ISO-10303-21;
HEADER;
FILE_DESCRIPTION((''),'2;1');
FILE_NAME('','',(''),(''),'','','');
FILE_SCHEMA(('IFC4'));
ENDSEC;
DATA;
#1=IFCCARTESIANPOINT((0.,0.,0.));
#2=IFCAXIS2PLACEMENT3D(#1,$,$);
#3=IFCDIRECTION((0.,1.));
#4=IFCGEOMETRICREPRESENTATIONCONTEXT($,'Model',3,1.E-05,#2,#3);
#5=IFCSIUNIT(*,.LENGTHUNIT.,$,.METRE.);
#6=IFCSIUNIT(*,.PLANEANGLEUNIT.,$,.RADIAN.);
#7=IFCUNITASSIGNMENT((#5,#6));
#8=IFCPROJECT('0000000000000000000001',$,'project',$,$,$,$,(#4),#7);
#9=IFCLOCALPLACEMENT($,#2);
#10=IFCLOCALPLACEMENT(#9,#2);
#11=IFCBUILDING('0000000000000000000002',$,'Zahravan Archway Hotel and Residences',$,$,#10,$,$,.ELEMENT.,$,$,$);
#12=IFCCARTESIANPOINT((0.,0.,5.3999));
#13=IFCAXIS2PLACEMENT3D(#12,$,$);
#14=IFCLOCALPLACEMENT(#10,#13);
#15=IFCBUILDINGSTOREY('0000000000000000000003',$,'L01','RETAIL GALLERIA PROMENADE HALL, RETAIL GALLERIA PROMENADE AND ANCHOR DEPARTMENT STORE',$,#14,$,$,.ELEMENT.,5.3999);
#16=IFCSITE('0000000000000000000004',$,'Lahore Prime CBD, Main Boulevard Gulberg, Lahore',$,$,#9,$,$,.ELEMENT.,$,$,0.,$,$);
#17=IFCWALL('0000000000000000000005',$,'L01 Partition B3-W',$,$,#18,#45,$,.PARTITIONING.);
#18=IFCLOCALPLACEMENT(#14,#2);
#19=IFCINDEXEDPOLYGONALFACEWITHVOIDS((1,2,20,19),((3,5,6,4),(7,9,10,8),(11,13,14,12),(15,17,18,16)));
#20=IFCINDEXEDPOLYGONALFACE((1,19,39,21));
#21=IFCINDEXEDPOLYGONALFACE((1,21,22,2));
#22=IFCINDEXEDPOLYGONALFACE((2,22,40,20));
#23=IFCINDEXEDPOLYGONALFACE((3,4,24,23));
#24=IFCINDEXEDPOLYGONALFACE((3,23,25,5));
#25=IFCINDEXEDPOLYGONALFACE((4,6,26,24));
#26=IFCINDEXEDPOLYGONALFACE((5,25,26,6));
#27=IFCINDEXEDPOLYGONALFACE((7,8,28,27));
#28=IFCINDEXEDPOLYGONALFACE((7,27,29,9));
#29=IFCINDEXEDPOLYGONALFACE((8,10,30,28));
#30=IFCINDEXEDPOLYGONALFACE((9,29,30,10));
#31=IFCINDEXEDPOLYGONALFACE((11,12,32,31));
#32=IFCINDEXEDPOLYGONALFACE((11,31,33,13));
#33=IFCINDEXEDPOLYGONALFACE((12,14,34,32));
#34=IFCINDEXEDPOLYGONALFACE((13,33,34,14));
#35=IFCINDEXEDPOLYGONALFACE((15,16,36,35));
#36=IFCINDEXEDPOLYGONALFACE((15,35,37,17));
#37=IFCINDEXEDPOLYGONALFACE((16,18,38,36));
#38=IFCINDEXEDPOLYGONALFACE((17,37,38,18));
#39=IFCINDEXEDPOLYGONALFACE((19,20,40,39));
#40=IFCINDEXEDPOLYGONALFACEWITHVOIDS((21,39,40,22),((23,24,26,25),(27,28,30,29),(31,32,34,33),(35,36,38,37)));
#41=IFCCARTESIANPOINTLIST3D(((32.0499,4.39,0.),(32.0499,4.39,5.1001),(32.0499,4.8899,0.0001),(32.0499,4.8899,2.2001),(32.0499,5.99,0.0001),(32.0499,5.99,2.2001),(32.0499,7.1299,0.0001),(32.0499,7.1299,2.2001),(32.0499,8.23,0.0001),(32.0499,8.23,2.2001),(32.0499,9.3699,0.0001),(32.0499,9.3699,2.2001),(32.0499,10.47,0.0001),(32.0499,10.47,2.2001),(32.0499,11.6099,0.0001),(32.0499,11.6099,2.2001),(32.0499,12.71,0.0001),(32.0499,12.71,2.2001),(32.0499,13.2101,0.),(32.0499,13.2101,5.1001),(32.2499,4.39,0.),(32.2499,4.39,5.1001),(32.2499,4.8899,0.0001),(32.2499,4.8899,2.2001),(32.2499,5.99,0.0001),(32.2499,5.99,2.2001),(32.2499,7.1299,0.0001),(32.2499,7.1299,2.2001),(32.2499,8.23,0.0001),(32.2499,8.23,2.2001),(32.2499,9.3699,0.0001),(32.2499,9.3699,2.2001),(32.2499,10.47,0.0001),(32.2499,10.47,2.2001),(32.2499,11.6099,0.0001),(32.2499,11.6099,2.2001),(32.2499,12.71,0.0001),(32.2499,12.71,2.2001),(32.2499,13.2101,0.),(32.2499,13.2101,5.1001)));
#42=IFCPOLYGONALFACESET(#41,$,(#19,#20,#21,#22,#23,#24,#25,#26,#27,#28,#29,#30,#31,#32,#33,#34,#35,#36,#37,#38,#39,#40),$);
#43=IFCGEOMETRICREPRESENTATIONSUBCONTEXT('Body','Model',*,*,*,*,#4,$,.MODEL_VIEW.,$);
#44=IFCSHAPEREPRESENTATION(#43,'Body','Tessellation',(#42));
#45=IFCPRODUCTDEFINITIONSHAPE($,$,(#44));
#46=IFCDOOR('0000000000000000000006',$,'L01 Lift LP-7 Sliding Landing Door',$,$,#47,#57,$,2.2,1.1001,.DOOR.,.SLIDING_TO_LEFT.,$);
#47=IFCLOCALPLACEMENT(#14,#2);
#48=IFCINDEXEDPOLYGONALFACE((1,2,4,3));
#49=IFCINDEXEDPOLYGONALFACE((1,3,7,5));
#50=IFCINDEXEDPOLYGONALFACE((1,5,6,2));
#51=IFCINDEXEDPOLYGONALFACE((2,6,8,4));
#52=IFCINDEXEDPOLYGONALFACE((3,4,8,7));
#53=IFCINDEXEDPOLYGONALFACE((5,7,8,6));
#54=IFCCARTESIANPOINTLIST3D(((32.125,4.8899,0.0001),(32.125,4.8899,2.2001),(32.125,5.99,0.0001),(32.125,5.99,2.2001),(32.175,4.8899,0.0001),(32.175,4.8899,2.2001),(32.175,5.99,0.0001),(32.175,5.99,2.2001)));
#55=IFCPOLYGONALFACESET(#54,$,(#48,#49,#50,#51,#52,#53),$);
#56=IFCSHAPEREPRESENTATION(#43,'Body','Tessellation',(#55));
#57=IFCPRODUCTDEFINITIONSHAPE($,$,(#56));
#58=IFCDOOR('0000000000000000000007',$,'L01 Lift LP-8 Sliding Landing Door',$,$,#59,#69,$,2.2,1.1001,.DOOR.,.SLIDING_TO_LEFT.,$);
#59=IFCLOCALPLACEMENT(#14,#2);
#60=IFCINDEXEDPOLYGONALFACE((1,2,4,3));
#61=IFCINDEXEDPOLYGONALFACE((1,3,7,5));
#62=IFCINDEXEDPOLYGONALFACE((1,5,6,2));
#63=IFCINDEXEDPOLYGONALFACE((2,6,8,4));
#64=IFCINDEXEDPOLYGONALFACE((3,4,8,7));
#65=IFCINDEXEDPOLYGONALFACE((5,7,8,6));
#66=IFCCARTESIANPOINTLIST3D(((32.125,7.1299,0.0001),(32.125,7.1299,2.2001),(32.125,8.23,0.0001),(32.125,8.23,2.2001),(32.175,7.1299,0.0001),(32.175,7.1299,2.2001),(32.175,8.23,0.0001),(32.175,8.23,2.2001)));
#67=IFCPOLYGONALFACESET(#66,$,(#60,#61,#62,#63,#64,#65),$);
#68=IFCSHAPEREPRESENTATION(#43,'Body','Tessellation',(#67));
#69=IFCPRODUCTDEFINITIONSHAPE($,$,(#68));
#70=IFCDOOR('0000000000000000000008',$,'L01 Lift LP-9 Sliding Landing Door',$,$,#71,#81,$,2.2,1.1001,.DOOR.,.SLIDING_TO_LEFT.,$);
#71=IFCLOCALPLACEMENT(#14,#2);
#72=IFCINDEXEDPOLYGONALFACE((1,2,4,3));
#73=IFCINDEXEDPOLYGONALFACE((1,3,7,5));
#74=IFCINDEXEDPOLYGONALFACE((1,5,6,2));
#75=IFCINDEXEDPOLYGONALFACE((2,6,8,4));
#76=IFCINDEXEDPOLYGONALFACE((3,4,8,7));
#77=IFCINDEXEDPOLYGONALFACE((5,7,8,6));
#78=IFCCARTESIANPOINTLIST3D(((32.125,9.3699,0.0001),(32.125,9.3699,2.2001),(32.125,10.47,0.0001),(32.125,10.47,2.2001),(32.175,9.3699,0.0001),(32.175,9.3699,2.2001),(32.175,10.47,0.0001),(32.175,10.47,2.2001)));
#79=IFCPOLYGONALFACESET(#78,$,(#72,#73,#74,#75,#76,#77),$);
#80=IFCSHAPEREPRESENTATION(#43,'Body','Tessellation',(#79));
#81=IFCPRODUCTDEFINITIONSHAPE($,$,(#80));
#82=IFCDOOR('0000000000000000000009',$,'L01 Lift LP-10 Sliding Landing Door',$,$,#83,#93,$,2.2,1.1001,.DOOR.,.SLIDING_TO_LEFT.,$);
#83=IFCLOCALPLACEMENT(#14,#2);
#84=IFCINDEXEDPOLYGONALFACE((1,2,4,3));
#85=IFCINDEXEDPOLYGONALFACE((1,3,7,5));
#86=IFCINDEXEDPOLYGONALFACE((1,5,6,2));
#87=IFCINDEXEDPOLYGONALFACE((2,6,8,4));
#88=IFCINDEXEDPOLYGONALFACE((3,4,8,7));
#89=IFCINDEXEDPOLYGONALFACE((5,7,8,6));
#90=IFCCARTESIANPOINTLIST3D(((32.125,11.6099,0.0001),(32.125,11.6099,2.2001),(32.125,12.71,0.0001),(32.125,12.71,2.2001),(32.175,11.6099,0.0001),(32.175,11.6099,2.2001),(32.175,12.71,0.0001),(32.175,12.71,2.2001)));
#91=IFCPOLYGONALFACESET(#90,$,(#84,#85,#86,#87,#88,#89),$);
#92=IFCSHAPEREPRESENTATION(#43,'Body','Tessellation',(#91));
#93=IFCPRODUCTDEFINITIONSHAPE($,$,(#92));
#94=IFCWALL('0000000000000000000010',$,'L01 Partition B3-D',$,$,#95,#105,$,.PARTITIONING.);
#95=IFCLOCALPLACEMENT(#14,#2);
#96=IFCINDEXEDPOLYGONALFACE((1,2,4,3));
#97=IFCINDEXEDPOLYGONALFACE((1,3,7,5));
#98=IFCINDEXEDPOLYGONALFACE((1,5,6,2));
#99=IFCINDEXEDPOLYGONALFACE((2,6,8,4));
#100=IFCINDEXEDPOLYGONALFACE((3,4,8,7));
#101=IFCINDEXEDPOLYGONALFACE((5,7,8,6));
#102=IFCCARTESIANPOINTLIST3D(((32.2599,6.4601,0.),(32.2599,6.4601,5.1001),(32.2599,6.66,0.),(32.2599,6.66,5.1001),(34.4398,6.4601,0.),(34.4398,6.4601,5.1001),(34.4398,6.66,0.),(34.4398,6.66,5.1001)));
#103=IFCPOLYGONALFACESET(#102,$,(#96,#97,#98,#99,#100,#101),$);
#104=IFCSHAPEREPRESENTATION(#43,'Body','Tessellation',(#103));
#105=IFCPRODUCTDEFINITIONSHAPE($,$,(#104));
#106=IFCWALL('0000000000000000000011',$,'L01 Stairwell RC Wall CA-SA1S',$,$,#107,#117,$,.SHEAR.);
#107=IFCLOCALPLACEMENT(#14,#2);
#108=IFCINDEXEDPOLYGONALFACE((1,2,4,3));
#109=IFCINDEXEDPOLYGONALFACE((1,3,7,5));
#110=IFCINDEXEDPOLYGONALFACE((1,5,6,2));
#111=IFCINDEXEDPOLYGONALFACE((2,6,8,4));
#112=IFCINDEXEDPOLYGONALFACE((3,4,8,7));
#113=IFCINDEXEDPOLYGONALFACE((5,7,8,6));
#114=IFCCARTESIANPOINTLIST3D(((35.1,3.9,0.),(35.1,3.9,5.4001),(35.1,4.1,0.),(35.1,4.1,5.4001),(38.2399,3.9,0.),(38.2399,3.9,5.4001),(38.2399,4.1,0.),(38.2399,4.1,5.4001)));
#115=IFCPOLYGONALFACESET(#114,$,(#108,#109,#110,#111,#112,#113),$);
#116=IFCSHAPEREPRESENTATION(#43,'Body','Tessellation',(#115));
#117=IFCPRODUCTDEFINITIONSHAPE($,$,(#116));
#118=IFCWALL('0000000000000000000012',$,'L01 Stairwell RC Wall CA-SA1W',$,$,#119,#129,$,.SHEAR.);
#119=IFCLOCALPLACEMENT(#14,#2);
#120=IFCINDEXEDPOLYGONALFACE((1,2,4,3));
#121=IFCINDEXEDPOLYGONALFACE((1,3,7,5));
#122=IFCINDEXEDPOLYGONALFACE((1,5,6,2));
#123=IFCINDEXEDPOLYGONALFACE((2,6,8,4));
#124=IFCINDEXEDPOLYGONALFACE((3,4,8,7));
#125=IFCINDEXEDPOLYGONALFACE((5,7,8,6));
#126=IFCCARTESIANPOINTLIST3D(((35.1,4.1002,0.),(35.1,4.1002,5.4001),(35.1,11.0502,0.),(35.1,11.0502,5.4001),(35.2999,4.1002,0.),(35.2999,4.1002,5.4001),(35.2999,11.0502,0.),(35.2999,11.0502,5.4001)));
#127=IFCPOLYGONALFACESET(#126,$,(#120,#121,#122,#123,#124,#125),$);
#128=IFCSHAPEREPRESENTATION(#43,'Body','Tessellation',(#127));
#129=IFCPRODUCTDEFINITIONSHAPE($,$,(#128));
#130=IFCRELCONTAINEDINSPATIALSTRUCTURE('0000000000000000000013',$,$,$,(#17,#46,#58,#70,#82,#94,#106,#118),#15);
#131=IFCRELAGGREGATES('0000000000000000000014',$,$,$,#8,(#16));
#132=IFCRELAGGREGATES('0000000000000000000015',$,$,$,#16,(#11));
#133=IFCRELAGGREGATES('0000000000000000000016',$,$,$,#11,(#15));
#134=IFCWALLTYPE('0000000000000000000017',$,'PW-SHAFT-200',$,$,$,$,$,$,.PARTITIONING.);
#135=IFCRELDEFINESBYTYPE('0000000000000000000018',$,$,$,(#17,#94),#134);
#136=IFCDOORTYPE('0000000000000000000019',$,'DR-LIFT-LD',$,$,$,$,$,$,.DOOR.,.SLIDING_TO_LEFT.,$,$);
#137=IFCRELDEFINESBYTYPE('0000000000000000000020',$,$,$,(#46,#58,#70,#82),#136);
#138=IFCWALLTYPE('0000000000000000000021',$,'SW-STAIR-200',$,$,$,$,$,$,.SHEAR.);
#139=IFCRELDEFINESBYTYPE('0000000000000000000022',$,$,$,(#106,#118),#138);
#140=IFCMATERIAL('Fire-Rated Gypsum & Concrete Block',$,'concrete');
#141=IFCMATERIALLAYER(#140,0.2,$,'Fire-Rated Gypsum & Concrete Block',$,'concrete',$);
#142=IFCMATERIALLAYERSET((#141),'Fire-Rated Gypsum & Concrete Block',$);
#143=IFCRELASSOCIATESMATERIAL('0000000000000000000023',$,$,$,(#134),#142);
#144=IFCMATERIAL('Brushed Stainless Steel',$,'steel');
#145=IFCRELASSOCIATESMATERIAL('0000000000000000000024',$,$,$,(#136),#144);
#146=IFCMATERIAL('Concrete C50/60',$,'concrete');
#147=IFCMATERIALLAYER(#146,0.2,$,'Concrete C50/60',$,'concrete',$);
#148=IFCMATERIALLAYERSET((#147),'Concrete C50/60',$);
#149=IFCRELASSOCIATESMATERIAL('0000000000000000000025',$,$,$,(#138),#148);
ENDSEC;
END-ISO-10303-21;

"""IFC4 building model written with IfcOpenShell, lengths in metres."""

from ifc_helpers import new_model, si_unit, direction, frame, frame_2d, origin, place, context, subcontext, project, spatial, rectangle, extrude, source, transform, mapped, material, layer, layer_set, type_object, type_shapes, element, fill, save


model = new_model("IFC4")

# Units and contexts
model_context = context("Model", 3, precision=1e-05, world=origin(), true_north=direction((0.0, 1.0)))
body_context = subcontext(model_context, "Body", "Model", "MODEL_VIEW")
ifc_project = project(units=[si_unit("LENGTHUNIT", "METRE"), si_unit("PLANEANGLEUNIT", "RADIAN")], contexts=[model_context])

# Site, building, storey
site_placement = place(None, origin())
site = spatial("IfcSite", under=ifc_project, at=site_placement, Name="Lahore Prime CBD, Main Boulevard Gulberg, Lahore", CompositionType="ELEMENT", RefElevation=0.0)
building_placement = place(site_placement, origin())
building = spatial("IfcBuilding", under=site, at=building_placement, Name="Zahravan Archway Hotel and Residences", CompositionType="ELEMENT")
storey_placement = place(building_placement, frame((0.0, 0.0, 5.3999)))
storey = spatial("IfcBuildingStorey", under=building, at=storey_placement, Name="L01", Description="RETAIL GALLERIA PROMENADE HALL, RETAIL GALLERIA PROMENADE AND ANCHOR DEPARTMENT STORE", CompositionType="ELEMENT", Elevation=5.3999)

# Shared definitions
ifc_material_1 = material(Name="Fire-Rated Gypsum & Concrete Block", Category="concrete")

# Shared definitions
ifc_layer_1 = layer(ifc_material_1, 0.2, Name="Fire-Rated Gypsum & Concrete Block", Category="concrete")
ifc_layer_set_1 = layer_set([ifc_layer_1], Name="Fire-Rated Gypsum & Concrete Block")
wall_type_1 = type_object("IfcWallType", Name="PW-SHAFT-200", PredefinedType="PARTITIONING", material=ifc_layer_set_1)

# Wall, openings, doors
wall_1_placement = place(storey_placement, frame((32.1499, 4.3899, 0.0), z_axis=(0.0, 0.0, 1.0), x_axis=(0.0, 1.0, 0.0)))
wall_1 = element("IfcWall", 1, at=wall_1_placement, inside=storey, type_object=wall_type_1, Name="L01 Partition B3-W", PredefinedType="PARTITIONING", context=body_context, shape_type="SweptSolid", body=[
    extrude(rectangle(XDim=8.8201, YDim=0.2, at=frame_2d((4.4102, 0.0))), origin(), (0.0, 0.0, 1.0), 5.1001),
])
opening_1_placement = place(wall_1_placement, frame((0.5, 0.0, 0.0)))
opening_1 = element("IfcOpeningElement", 2, at=opening_1_placement, cuts=wall_1, PredefinedType="OPENING", context=body_context, shape_type="SweptSolid", body=[
    extrude(rectangle(XDim=1.1001, YDim=2.2, at=frame_2d((0.55, 1.1001))), frame((0.0, 0.1099, 0.0), z_axis=(0.0, -1.0, 0.0), x_axis=(1.0, 0.0, 0.0)), (0.0, 0.0, 1.0), 0.22),
])
opening_2_placement = place(wall_1_placement, frame((2.74, 0.0, 0.0)))
opening_2 = element("IfcOpeningElement", 3, at=opening_2_placement, cuts=wall_1, PredefinedType="OPENING", context=body_context, shape_type="SweptSolid", body=[
    extrude(rectangle(XDim=1.1001, YDim=2.2, at=frame_2d((0.55, 1.1001))), frame((0.0, 0.1099, 0.0), z_axis=(0.0, -1.0, 0.0), x_axis=(1.0, 0.0, 0.0)), (0.0, 0.0, 1.0), 0.22),
])
opening_3_placement = place(wall_1_placement, frame((4.98, 0.0, 0.0)))
opening_3 = element("IfcOpeningElement", 4, at=opening_3_placement, cuts=wall_1, PredefinedType="OPENING", context=body_context, shape_type="SweptSolid", body=[
    extrude(rectangle(XDim=1.1001, YDim=2.2, at=frame_2d((0.55, 1.1001))), frame((0.0, 0.1099, 0.0), z_axis=(0.0, -1.0, 0.0), x_axis=(1.0, 0.0, 0.0)), (0.0, 0.0, 1.0), 0.22),
])
opening_4_placement = place(wall_1_placement, frame((7.22, 0.0, 0.0)))
opening_4 = element("IfcOpeningElement", 5, at=opening_4_placement, cuts=wall_1, PredefinedType="OPENING", context=body_context, shape_type="SweptSolid", body=[
    extrude(rectangle(XDim=1.1001, YDim=2.2, at=frame_2d((0.55, 1.1001))), frame((0.0, 0.1099, 0.0), z_axis=(0.0, -1.0, 0.0), x_axis=(1.0, 0.0, 0.0)), (0.0, 0.0, 1.0), 0.22),
])
ifc_material_2 = material(Name="Brushed Stainless Steel", Category="steel")
door_type_1 = type_object("IfcDoorType", Name="DR-LIFT-LD", OperationType="SLIDING_TO_LEFT", PredefinedType="DOOR", material=ifc_material_2)
shared_shape_1 = source(origin(), body_context, "Body", "SweptSolid", [
    extrude(rectangle(XDim=1.1001, YDim=2.2, at=frame_2d((0.55, 1.1001))), frame((0.0, 0.0249, 0.0), z_axis=(0.0, -1.0, 0.0), x_axis=(1.0, 0.0, 0.0)), (0.0, 0.0, 1.0), 0.05),
])
type_shapes(door_type_1, [shared_shape_1])
door_1_placement = place(opening_1_placement, origin())
door_1 = element("IfcDoor", 6, at=door_1_placement, inside=storey, type_object=door_type_1, Name="L01 Lift LP-7 Sliding Landing Door", OperationType="SLIDING_TO_LEFT", OverallHeight=2.2, OverallWidth=1.1001, PredefinedType="DOOR", context=body_context, shape_type="MappedRepresentation", body=[
    mapped(shared_shape_1, transform((0.0, 0.0, 0.0), scale=1.0)),
])
fill(opening_1, door_1)
door_2_placement = place(opening_2_placement, origin())
door_2 = element("IfcDoor", 7, at=door_2_placement, inside=storey, type_object=door_type_1, Name="L01 Lift LP-8 Sliding Landing Door", OperationType="SLIDING_TO_LEFT", OverallHeight=2.2, OverallWidth=1.1001, PredefinedType="DOOR", context=body_context, shape_type="MappedRepresentation", body=[
    mapped(shared_shape_1, transform((0.0, 0.0, 0.0), scale=1.0)),
])
fill(opening_2, door_2)
door_3_placement = place(opening_3_placement, origin())
door_3 = element("IfcDoor", 8, at=door_3_placement, inside=storey, type_object=door_type_1, Name="L01 Lift LP-9 Sliding Landing Door", OperationType="SLIDING_TO_LEFT", OverallHeight=2.2, OverallWidth=1.1001, PredefinedType="DOOR", context=body_context, shape_type="MappedRepresentation", body=[
    mapped(shared_shape_1, transform((0.0, 0.0, 0.0), scale=1.0)),
])
fill(opening_3, door_3)
door_4_placement = place(opening_4_placement, origin())
door_4 = element("IfcDoor", 9, at=door_4_placement, inside=storey, type_object=door_type_1, Name="L01 Lift LP-10 Sliding Landing Door", OperationType="SLIDING_TO_LEFT", OverallHeight=2.2, OverallWidth=1.1001, PredefinedType="DOOR", context=body_context, shape_type="MappedRepresentation", body=[
    mapped(shared_shape_1, transform((0.0, 0.0, 0.0), scale=1.0)),
])
fill(opening_4, door_4)

# Walls
wall_2_placement = place(storey_placement, frame((32.26, 6.5601, 0.0), z_axis=(0.0, 0.0, 1.0), x_axis=(1.0, 0.0, 0.0)))
element("IfcWall", 10, at=wall_2_placement, inside=storey, type_object=wall_type_1, Name="L01 Partition B3-D", PredefinedType="PARTITIONING", context=body_context, shape_type="SweptSolid", body=[
    extrude(rectangle(XDim=2.1799, YDim=0.2, at=frame_2d((1.0898, 0.0))), origin(), (0.0, 0.0, 1.0), 5.1001),
])
ifc_material_3 = material(Name="Concrete C50/60", Category="concrete")
ifc_layer_2 = layer(ifc_material_3, 0.2, Name="Concrete C50/60", Category="concrete")
ifc_layer_set_2 = layer_set([ifc_layer_2], Name="Concrete C50/60")
wall_type_2 = type_object("IfcWallType", Name="SW-STAIR-200", PredefinedType="SHEAR", material=ifc_layer_set_2)
wall_3_placement = place(storey_placement, frame((35.1001, 4.0, 0.0), z_axis=(0.0, 0.0, 1.0), x_axis=(1.0, 0.0, 0.0)))
element("IfcWall", 11, at=wall_3_placement, inside=storey, type_object=wall_type_2, Name="L01 Stairwell RC Wall CA-SA1S", PredefinedType="SHEAR", context=body_context, shape_type="SweptSolid", body=[
    extrude(rectangle(XDim=3.1399, YDim=0.2, at=frame_2d((1.5698, 0.0))), origin(), (0.0, 0.0, 1.0), 5.4001),
])
wall_4_placement = place(storey_placement, frame((35.2, 4.1001, 0.0), z_axis=(0.0, 0.0, 1.0), x_axis=(0.0, 1.0, 0.0)))
element("IfcWall", 12, at=wall_4_placement, inside=storey, type_object=wall_type_2, Name="L01 Stairwell RC Wall CA-SA1W", PredefinedType="SHEAR", context=body_context, shape_type="SweptSolid", body=[
    extrude(rectangle(XDim=6.95, YDim=0.2, at=frame_2d((3.4751, 0.0))), origin(), (0.0, 0.0, 1.0), 5.4001),
])

save(model, "model.ifc")
